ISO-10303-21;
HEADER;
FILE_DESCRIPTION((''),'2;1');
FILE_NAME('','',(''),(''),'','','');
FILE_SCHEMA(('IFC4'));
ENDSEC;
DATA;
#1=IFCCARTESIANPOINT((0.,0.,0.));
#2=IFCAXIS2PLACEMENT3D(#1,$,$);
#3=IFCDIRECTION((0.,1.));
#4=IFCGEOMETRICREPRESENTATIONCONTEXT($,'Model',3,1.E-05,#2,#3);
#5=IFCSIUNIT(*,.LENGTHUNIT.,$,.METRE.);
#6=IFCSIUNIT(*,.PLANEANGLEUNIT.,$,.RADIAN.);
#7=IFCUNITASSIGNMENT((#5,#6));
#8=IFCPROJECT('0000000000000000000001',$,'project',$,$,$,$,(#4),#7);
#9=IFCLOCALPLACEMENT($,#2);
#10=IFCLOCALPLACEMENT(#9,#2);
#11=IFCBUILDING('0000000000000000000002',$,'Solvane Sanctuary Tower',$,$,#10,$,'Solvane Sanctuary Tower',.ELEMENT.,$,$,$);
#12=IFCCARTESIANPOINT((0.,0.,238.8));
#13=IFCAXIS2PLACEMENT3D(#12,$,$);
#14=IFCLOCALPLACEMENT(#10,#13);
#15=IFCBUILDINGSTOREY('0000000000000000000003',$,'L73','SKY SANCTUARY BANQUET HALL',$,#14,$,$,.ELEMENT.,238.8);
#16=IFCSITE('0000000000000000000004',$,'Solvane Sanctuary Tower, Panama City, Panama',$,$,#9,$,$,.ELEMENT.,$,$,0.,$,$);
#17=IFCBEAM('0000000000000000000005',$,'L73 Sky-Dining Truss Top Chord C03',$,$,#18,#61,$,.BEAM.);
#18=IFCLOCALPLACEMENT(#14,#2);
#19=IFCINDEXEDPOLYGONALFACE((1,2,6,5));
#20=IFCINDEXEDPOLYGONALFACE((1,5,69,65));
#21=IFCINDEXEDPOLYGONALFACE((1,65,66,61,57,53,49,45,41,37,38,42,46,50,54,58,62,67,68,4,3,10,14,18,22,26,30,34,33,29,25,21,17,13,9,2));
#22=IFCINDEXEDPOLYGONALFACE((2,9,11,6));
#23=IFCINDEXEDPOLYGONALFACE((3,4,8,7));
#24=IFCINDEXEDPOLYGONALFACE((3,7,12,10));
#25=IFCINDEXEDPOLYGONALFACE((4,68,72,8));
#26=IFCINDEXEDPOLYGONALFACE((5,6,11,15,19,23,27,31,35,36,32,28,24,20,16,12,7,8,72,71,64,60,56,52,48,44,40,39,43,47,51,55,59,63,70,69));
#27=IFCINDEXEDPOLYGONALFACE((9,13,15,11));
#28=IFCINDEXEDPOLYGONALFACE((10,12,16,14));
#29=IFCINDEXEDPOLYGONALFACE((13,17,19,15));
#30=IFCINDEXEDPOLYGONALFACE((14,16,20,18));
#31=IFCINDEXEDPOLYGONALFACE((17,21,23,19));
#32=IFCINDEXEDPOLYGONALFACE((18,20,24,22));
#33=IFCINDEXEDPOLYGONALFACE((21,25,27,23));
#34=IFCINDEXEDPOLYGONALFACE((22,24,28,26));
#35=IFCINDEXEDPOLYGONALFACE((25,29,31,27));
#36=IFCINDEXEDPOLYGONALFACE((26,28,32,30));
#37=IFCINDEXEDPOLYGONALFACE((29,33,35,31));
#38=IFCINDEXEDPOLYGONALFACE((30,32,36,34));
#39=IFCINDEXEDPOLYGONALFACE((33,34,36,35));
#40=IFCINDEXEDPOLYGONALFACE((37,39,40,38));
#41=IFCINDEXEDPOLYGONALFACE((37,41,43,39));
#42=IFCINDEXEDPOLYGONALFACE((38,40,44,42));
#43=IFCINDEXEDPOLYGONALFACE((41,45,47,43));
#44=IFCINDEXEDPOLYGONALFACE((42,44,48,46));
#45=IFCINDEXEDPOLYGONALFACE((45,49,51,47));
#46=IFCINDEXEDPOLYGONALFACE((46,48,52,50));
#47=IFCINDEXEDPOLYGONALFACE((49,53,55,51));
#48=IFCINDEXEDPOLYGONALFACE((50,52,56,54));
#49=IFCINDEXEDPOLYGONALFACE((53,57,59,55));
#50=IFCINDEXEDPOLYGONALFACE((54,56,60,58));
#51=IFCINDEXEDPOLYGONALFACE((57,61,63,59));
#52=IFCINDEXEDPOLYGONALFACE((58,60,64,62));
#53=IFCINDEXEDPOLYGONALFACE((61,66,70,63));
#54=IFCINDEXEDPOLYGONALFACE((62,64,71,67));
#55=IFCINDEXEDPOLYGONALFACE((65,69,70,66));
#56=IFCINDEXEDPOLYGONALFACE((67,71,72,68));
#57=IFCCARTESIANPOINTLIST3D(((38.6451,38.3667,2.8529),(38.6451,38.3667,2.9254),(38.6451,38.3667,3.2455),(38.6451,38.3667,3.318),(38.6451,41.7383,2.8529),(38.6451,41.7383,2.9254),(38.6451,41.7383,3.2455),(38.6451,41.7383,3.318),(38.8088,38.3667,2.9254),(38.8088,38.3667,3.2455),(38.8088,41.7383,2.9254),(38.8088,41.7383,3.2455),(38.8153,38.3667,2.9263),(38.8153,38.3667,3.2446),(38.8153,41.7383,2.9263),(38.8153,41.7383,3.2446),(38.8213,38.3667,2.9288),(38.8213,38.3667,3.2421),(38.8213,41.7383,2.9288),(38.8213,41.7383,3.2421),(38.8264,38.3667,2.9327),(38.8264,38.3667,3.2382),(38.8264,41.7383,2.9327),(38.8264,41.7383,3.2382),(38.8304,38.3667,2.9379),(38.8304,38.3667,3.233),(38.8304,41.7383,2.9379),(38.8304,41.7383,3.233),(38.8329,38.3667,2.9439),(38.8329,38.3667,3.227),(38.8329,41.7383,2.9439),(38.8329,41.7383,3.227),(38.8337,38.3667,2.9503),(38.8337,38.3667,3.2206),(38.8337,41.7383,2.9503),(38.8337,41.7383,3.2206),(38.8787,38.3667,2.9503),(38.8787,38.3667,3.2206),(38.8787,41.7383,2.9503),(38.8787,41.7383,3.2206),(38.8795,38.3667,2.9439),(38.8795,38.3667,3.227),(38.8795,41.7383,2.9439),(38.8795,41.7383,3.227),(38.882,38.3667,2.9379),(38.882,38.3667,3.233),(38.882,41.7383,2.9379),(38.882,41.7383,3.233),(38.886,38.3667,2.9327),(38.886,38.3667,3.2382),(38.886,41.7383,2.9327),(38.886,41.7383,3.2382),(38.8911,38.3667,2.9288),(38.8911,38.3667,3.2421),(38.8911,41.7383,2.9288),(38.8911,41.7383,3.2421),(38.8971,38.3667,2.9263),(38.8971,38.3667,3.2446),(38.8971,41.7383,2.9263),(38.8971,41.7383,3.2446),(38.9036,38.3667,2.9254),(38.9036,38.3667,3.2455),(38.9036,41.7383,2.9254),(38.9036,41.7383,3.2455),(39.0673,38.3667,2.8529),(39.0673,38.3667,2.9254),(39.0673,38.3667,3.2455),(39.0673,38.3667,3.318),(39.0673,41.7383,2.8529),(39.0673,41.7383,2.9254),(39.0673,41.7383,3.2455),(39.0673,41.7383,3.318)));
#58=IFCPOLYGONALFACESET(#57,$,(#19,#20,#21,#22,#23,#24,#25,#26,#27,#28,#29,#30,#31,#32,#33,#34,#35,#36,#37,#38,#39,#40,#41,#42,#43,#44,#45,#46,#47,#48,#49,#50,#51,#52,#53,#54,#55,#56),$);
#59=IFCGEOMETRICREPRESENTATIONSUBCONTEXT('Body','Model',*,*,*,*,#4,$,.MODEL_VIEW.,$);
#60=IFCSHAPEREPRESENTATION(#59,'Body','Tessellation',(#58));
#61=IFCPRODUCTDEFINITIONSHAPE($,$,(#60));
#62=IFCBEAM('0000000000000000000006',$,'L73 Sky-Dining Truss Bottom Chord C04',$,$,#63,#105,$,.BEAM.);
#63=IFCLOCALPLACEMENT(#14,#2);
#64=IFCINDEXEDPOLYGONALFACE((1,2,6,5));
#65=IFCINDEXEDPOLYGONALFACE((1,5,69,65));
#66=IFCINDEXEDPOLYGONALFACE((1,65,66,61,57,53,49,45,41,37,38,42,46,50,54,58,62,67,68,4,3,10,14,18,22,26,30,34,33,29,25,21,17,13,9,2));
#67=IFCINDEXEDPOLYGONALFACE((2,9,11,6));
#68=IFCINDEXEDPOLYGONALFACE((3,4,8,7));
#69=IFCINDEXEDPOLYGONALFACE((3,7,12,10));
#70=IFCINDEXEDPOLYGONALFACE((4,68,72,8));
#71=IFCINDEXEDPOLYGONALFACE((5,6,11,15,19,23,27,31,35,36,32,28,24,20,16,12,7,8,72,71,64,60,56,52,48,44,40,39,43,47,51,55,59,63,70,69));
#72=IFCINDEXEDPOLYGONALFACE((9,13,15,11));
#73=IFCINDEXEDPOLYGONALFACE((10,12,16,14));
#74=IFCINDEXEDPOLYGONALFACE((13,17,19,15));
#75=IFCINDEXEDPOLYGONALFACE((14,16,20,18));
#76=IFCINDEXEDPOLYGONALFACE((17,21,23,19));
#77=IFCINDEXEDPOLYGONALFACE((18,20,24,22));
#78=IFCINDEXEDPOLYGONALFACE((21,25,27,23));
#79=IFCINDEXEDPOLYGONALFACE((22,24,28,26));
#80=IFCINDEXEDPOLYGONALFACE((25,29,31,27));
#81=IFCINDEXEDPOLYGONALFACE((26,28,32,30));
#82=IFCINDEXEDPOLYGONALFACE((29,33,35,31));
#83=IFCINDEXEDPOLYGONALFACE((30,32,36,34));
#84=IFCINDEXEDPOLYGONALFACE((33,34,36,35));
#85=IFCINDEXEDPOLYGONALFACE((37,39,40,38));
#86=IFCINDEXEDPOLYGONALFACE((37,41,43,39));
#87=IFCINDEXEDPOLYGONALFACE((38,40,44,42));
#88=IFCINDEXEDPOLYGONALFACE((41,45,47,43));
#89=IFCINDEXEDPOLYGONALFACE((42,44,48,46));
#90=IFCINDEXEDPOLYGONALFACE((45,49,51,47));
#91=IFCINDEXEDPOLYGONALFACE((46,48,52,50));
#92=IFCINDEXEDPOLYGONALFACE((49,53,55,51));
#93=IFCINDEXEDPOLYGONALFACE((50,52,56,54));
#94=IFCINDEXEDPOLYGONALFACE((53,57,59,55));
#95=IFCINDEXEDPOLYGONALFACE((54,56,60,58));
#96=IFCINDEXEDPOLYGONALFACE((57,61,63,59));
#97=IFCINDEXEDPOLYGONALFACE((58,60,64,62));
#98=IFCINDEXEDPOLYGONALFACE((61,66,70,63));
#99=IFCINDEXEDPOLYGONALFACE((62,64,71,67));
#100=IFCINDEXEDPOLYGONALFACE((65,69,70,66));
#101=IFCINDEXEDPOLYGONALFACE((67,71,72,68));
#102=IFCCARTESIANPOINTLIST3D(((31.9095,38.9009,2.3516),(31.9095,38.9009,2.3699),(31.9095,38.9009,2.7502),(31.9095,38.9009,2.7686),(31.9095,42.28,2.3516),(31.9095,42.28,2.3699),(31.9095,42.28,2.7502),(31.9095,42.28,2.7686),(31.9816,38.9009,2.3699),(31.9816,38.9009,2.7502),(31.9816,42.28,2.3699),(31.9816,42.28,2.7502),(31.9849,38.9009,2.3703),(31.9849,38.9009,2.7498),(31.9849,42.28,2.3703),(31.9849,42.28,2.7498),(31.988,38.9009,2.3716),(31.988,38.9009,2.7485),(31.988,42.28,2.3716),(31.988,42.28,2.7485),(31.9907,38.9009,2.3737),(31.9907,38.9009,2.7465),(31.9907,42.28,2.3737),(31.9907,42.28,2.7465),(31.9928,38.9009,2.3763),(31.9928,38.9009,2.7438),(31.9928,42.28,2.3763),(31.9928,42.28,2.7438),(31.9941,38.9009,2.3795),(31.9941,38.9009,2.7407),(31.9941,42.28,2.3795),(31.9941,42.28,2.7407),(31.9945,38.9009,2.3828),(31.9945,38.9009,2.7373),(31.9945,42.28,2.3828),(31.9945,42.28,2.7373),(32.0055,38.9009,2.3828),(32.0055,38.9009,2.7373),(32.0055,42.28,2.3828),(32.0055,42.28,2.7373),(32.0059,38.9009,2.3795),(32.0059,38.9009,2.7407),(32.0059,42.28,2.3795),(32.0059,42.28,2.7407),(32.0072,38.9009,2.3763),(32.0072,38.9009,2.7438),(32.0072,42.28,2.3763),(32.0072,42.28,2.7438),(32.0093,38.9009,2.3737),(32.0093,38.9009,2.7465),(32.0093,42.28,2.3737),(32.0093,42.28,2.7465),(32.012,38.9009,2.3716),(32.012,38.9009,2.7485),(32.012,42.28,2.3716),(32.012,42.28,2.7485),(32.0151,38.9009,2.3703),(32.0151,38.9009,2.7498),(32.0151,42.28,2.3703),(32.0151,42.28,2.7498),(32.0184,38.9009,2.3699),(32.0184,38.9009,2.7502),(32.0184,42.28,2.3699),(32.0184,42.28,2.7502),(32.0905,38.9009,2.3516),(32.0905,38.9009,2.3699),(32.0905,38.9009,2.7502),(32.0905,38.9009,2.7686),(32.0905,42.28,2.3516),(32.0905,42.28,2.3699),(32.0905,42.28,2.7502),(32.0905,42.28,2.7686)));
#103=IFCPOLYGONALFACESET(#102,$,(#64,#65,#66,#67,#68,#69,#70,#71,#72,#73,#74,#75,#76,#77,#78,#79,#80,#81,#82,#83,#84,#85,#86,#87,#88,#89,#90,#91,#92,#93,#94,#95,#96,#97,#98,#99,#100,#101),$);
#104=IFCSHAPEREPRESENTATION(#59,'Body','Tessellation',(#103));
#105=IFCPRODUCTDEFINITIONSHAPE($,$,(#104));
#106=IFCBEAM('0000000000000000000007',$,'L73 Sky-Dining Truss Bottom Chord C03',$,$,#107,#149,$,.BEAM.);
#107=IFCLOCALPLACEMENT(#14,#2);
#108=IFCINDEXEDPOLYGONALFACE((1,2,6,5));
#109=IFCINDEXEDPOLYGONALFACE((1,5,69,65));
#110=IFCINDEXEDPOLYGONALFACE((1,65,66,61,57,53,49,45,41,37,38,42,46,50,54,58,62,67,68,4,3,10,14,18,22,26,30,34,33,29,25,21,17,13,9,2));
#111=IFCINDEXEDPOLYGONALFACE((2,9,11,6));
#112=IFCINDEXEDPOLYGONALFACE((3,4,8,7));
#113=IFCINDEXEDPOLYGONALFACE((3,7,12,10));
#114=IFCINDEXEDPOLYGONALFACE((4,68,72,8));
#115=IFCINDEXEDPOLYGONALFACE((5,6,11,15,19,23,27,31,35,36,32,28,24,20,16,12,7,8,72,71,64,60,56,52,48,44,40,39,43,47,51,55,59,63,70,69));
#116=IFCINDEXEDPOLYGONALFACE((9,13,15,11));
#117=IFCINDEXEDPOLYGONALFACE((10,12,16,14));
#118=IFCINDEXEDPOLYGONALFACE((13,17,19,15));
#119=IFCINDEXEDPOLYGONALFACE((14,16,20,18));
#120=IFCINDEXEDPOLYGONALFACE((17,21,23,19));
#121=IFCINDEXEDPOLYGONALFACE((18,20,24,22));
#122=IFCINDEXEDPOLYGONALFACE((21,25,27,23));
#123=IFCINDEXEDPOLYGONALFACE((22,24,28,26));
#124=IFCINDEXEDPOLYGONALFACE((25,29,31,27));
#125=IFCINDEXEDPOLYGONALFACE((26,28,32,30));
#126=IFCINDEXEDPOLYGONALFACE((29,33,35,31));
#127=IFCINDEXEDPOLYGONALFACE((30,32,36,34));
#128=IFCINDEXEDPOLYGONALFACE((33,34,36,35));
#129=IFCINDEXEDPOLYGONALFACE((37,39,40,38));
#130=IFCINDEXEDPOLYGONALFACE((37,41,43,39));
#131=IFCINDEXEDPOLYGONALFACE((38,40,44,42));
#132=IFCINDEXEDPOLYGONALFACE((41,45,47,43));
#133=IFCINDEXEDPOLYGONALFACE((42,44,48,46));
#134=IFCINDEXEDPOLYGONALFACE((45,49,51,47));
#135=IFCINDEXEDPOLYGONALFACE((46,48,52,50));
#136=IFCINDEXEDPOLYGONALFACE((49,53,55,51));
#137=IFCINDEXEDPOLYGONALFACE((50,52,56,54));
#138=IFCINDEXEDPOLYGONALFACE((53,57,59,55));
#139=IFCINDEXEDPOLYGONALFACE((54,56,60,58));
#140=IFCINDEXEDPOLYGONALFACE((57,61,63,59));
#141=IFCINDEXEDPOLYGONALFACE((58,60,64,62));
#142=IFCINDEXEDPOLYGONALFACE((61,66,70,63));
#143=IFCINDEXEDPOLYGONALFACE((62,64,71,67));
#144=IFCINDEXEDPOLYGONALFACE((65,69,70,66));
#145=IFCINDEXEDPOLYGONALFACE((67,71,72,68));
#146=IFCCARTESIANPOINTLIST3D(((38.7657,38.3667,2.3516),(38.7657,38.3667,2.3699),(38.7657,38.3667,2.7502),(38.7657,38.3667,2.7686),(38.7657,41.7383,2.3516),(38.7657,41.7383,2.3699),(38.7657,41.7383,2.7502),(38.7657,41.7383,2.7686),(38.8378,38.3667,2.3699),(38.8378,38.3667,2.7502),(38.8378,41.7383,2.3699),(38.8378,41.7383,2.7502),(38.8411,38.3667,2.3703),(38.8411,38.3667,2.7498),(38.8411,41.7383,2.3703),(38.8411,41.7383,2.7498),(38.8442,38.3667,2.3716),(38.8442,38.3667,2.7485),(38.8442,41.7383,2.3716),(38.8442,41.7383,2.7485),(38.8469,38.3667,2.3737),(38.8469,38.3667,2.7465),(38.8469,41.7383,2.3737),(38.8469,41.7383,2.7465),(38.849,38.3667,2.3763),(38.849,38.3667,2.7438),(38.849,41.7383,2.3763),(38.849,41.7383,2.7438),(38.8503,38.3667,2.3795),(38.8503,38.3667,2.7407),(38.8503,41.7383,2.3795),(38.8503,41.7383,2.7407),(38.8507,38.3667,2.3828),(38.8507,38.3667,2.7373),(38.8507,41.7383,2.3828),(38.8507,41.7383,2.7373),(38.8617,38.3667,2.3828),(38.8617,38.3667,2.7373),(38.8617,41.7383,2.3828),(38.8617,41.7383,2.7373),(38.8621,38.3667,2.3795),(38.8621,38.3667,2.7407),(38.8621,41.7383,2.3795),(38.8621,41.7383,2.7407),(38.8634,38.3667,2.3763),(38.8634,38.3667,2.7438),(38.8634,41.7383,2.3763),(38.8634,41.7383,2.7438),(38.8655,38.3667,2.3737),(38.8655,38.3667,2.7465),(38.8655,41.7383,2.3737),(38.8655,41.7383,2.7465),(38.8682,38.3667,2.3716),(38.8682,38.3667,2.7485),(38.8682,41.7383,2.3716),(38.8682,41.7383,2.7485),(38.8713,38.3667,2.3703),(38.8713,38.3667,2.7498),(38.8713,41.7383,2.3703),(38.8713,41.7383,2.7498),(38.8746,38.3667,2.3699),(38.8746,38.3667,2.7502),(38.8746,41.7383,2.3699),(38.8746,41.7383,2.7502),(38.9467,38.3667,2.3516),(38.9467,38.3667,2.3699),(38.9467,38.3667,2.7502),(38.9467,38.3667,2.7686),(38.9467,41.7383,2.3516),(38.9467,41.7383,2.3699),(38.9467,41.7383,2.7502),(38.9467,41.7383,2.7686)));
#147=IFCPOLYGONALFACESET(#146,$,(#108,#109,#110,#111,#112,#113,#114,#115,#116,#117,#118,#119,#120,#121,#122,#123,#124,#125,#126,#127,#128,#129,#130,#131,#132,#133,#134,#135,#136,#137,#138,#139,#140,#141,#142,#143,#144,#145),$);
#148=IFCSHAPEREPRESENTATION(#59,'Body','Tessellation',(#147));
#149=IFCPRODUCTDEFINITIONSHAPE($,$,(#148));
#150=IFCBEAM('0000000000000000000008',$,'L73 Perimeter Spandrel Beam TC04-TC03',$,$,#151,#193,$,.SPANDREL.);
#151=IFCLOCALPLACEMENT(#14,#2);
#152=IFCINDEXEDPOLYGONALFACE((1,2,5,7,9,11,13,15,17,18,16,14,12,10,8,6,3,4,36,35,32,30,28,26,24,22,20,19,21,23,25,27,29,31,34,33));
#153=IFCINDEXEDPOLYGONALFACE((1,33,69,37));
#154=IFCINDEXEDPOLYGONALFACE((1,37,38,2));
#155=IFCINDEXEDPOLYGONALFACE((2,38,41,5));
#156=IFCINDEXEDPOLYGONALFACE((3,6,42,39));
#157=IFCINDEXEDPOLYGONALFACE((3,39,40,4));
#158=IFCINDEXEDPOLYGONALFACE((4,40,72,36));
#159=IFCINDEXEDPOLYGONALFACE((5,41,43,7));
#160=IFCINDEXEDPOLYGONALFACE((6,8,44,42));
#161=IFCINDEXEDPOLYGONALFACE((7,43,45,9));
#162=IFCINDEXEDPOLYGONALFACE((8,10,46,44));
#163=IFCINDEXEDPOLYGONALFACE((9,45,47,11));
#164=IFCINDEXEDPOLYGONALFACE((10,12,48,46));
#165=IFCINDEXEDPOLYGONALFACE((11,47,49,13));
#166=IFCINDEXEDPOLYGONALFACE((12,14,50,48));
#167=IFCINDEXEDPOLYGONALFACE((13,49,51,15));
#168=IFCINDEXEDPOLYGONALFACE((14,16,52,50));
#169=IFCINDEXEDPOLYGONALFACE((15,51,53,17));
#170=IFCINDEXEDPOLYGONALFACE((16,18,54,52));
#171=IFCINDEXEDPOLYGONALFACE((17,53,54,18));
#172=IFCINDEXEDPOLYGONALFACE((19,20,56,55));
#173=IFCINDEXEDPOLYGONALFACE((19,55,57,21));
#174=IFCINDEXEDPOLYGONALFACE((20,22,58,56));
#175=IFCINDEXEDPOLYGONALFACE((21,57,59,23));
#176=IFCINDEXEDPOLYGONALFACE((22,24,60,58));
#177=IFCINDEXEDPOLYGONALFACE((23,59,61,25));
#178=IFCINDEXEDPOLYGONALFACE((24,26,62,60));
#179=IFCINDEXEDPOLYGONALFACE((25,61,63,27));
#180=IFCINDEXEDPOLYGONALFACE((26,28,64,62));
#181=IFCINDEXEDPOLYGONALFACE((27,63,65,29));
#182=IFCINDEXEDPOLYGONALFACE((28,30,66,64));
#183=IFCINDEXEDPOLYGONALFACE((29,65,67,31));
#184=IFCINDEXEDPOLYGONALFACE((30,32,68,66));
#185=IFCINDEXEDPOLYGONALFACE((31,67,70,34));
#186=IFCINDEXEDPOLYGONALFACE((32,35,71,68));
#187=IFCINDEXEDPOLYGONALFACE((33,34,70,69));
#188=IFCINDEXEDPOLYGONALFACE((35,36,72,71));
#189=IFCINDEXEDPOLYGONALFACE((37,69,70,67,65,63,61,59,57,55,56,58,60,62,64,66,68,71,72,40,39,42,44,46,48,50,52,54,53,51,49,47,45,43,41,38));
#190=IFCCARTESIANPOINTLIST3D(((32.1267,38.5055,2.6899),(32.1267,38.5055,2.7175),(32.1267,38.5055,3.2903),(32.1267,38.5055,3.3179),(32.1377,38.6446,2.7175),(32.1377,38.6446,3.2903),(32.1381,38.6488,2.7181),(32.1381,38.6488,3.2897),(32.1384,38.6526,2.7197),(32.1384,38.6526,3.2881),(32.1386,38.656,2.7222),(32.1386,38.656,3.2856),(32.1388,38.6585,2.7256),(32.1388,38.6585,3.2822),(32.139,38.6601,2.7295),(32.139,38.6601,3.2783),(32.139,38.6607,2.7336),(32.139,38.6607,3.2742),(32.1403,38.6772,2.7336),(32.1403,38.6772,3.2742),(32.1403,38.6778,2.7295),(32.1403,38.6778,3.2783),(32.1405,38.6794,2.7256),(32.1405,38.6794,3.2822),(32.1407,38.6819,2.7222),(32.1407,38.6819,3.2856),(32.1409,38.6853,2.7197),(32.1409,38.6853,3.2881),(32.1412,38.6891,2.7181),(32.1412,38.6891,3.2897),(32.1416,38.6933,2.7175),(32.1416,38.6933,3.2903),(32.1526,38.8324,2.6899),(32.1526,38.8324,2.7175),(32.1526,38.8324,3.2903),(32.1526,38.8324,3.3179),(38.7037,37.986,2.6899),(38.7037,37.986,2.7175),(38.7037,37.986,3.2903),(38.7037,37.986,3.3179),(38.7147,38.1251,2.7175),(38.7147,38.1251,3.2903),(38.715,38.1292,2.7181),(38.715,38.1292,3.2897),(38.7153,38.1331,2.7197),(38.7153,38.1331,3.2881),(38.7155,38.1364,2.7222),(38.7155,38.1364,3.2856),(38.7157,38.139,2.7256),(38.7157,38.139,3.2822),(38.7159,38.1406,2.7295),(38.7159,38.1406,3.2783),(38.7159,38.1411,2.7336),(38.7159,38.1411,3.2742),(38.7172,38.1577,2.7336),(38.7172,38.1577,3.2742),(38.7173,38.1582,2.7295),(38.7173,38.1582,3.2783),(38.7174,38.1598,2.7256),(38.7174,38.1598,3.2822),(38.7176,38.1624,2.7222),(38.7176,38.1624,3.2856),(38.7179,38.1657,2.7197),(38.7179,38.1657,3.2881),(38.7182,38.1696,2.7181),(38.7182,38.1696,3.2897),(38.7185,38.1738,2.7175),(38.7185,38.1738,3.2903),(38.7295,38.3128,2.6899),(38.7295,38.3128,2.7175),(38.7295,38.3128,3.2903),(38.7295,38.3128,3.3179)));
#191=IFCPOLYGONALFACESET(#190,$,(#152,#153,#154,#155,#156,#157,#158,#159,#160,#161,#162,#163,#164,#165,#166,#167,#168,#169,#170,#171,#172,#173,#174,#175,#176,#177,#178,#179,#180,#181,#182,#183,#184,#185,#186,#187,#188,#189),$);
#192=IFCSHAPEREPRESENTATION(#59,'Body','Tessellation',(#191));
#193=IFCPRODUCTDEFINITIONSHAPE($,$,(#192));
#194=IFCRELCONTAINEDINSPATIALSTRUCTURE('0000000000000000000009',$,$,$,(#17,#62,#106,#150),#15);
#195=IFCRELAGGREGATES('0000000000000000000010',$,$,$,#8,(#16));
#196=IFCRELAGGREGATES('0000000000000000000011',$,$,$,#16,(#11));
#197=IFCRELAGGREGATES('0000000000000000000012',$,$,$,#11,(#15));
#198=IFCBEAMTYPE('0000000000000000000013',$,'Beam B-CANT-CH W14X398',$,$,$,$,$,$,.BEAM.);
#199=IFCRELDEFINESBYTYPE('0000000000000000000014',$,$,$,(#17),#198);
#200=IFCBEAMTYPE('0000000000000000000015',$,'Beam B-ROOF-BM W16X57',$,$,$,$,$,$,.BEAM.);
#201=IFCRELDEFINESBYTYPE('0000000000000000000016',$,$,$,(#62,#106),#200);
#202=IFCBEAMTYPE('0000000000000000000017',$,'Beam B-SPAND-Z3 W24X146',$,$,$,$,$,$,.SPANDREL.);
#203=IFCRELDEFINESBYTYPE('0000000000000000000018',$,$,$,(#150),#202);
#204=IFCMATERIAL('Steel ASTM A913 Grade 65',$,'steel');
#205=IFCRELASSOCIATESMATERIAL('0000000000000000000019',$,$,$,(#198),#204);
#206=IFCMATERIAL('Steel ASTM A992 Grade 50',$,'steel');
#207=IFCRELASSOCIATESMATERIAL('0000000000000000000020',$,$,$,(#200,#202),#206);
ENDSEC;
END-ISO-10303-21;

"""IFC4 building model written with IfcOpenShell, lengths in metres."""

from ifc_helpers import new_model, si_unit, direction, frame, origin, origin_2d, place, context, subcontext, project, spatial, i_section, extrude, material, material_profile, profile_set, type_object, element, save


model = new_model("IFC4")

# Units and contexts
model_context = context("Model", 3, precision=1e-05, world=origin(), true_north=direction((0.0, 1.0)))
body_context = subcontext(model_context, "Body", "Model", "MODEL_VIEW")
ifc_project = project(units=[si_unit("LENGTHUNIT", "METRE"), si_unit("PLANEANGLEUNIT", "RADIAN")], contexts=[model_context])

# Site, building, storey
site_placement = place(None, origin())
site = spatial("IfcSite", under=ifc_project, at=site_placement, Name="Solvane Sanctuary Tower, Panama City, Panama", CompositionType="ELEMENT", RefElevation=0.0)
building_placement = place(site_placement, origin())
building = spatial("IfcBuilding", under=site, at=building_placement, Name="Solvane Sanctuary Tower", LongName="Solvane Sanctuary Tower", CompositionType="ELEMENT")
storey_placement = place(building_placement, frame((0.0, 0.0, 238.8)))
storey = spatial("IfcBuildingStorey", under=building, at=storey_placement, Name="L73", Description="SKY SANCTUARY BANQUET HALL", CompositionType="ELEMENT", Elevation=238.8)

# Shared definitions
ifc_material_1 = material(Name="Steel ASTM A913 Grade 65", Category="steel")

# Beams
ifc_material_profile_1 = material_profile(ifc_material_1, i_section(OverallWidth=0.4221, OverallDepth=0.4651, WebThickness=0.0449, FlangeThickness=0.0725, FilletRadius=0.0249, at=origin_2d()), Name="W14X398")
ifc_profile_set_1 = profile_set([ifc_material_profile_1], Name="Steel ASTM A913 Grade 65")
beam_type_1 = type_object("IfcBeamType", Name="Beam B-CANT-CH W14X398", PredefinedType="BEAM", material=ifc_profile_set_1)
beam_1_placement = place(storey_placement, frame((38.8562, 38.3667, 3.0854), z_axis=(0.0, 1.0, 0.0), x_axis=(-1.0, 0.0, 0.0)))
element("IfcBeam", 1, at=beam_1_placement, inside=storey, type_object=beam_type_1, Name="L73 Sky-Dining Truss Top Chord C03", PredefinedType="BEAM", context=body_context, shape_type="SweptSolid", body=[
    extrude(i_section(OverallWidth=0.4221, OverallDepth=0.4651, WebThickness=0.0449, FlangeThickness=0.0725, FilletRadius=0.0249, at=origin_2d()), origin(), (0.0, 0.0, 1.0), 3.3716),
])
ifc_material_2 = material(Name="Steel ASTM A992 Grade 50", Category="steel")
ifc_material_profile_2 = material_profile(ifc_material_2, i_section(OverallWidth=0.1809, OverallDepth=0.417, WebThickness=0.011, FlangeThickness=0.0183, FilletRadius=0.0129, at=origin_2d()), Name="W16X57")
ifc_profile_set_2 = profile_set([ifc_material_profile_2], Name="Steel ASTM A992 Grade 50")
beam_type_2 = type_object("IfcBeamType", Name="Beam B-ROOF-BM W16X57", PredefinedType="BEAM", material=ifc_profile_set_2)
beam_2_placement = place(storey_placement, frame((32.0, 38.9009, 2.5601), z_axis=(0.0, 1.0, 0.0), x_axis=(-1.0, 0.0, 0.0)))
element("IfcBeam", 2, at=beam_2_placement, inside=storey, type_object=beam_type_2, Name="L73 Sky-Dining Truss Bottom Chord C04", PredefinedType="BEAM", context=body_context, shape_type="SweptSolid", body=[
    extrude(i_section(OverallWidth=0.1809, OverallDepth=0.417, WebThickness=0.011, FlangeThickness=0.0183, FilletRadius=0.0129, at=origin_2d()), origin(), (0.0, 0.0, 1.0), 3.3792),
])
beam_3_placement = place(storey_placement, frame((38.8562, 38.3667, 2.5601), z_axis=(0.0, 1.0, 0.0), x_axis=(-1.0, 0.0, 0.0)))
element("IfcBeam", 3, at=beam_3_placement, inside=storey, type_object=beam_type_2, Name="L73 Sky-Dining Truss Bottom Chord C03", PredefinedType="BEAM", context=body_context, shape_type="SweptSolid", body=[
    extrude(i_section(OverallWidth=0.1809, OverallDepth=0.417, WebThickness=0.011, FlangeThickness=0.0183, FilletRadius=0.0129, at=origin_2d()), origin(), (0.0, 0.0, 1.0), 3.3716),
])
ifc_material_profile_3 = material_profile(ifc_material_2, i_section(OverallWidth=0.3279, OverallDepth=0.6279, WebThickness=0.0166, FlangeThickness=0.0276, FilletRadius=0.0161, at=origin_2d()), Name="W24X146")
ifc_profile_set_3 = profile_set([ifc_material_profile_3], Name="Steel ASTM A992 Grade 50")
beam_type_3 = type_object("IfcBeamType", Name="Beam B-SPAND-Z3 W24X146", PredefinedType="SPANDREL", material=ifc_profile_set_3)
beam_4_placement = place(storey_placement, frame((32.1396, 38.6689, 3.0039), z_axis=(0.996895, -0.078748, 0.0), x_axis=(0.078748, 0.996895, 0.0)))
element("IfcBeam", 4, at=beam_4_placement, inside=storey, type_object=beam_type_3, Name="L73 Perimeter Spandrel Beam TC04-TC03", PredefinedType="SPANDREL", context=body_context, shape_type="SweptSolid", body=[
    extrude(i_section(OverallWidth=0.3279, OverallDepth=0.6279, WebThickness=0.0166, FlangeThickness=0.0276, FilletRadius=0.0161, at=origin_2d()), origin(), (0.0, 0.0, 1.0), 6.5974),
])

save(model, "model.ifc")
